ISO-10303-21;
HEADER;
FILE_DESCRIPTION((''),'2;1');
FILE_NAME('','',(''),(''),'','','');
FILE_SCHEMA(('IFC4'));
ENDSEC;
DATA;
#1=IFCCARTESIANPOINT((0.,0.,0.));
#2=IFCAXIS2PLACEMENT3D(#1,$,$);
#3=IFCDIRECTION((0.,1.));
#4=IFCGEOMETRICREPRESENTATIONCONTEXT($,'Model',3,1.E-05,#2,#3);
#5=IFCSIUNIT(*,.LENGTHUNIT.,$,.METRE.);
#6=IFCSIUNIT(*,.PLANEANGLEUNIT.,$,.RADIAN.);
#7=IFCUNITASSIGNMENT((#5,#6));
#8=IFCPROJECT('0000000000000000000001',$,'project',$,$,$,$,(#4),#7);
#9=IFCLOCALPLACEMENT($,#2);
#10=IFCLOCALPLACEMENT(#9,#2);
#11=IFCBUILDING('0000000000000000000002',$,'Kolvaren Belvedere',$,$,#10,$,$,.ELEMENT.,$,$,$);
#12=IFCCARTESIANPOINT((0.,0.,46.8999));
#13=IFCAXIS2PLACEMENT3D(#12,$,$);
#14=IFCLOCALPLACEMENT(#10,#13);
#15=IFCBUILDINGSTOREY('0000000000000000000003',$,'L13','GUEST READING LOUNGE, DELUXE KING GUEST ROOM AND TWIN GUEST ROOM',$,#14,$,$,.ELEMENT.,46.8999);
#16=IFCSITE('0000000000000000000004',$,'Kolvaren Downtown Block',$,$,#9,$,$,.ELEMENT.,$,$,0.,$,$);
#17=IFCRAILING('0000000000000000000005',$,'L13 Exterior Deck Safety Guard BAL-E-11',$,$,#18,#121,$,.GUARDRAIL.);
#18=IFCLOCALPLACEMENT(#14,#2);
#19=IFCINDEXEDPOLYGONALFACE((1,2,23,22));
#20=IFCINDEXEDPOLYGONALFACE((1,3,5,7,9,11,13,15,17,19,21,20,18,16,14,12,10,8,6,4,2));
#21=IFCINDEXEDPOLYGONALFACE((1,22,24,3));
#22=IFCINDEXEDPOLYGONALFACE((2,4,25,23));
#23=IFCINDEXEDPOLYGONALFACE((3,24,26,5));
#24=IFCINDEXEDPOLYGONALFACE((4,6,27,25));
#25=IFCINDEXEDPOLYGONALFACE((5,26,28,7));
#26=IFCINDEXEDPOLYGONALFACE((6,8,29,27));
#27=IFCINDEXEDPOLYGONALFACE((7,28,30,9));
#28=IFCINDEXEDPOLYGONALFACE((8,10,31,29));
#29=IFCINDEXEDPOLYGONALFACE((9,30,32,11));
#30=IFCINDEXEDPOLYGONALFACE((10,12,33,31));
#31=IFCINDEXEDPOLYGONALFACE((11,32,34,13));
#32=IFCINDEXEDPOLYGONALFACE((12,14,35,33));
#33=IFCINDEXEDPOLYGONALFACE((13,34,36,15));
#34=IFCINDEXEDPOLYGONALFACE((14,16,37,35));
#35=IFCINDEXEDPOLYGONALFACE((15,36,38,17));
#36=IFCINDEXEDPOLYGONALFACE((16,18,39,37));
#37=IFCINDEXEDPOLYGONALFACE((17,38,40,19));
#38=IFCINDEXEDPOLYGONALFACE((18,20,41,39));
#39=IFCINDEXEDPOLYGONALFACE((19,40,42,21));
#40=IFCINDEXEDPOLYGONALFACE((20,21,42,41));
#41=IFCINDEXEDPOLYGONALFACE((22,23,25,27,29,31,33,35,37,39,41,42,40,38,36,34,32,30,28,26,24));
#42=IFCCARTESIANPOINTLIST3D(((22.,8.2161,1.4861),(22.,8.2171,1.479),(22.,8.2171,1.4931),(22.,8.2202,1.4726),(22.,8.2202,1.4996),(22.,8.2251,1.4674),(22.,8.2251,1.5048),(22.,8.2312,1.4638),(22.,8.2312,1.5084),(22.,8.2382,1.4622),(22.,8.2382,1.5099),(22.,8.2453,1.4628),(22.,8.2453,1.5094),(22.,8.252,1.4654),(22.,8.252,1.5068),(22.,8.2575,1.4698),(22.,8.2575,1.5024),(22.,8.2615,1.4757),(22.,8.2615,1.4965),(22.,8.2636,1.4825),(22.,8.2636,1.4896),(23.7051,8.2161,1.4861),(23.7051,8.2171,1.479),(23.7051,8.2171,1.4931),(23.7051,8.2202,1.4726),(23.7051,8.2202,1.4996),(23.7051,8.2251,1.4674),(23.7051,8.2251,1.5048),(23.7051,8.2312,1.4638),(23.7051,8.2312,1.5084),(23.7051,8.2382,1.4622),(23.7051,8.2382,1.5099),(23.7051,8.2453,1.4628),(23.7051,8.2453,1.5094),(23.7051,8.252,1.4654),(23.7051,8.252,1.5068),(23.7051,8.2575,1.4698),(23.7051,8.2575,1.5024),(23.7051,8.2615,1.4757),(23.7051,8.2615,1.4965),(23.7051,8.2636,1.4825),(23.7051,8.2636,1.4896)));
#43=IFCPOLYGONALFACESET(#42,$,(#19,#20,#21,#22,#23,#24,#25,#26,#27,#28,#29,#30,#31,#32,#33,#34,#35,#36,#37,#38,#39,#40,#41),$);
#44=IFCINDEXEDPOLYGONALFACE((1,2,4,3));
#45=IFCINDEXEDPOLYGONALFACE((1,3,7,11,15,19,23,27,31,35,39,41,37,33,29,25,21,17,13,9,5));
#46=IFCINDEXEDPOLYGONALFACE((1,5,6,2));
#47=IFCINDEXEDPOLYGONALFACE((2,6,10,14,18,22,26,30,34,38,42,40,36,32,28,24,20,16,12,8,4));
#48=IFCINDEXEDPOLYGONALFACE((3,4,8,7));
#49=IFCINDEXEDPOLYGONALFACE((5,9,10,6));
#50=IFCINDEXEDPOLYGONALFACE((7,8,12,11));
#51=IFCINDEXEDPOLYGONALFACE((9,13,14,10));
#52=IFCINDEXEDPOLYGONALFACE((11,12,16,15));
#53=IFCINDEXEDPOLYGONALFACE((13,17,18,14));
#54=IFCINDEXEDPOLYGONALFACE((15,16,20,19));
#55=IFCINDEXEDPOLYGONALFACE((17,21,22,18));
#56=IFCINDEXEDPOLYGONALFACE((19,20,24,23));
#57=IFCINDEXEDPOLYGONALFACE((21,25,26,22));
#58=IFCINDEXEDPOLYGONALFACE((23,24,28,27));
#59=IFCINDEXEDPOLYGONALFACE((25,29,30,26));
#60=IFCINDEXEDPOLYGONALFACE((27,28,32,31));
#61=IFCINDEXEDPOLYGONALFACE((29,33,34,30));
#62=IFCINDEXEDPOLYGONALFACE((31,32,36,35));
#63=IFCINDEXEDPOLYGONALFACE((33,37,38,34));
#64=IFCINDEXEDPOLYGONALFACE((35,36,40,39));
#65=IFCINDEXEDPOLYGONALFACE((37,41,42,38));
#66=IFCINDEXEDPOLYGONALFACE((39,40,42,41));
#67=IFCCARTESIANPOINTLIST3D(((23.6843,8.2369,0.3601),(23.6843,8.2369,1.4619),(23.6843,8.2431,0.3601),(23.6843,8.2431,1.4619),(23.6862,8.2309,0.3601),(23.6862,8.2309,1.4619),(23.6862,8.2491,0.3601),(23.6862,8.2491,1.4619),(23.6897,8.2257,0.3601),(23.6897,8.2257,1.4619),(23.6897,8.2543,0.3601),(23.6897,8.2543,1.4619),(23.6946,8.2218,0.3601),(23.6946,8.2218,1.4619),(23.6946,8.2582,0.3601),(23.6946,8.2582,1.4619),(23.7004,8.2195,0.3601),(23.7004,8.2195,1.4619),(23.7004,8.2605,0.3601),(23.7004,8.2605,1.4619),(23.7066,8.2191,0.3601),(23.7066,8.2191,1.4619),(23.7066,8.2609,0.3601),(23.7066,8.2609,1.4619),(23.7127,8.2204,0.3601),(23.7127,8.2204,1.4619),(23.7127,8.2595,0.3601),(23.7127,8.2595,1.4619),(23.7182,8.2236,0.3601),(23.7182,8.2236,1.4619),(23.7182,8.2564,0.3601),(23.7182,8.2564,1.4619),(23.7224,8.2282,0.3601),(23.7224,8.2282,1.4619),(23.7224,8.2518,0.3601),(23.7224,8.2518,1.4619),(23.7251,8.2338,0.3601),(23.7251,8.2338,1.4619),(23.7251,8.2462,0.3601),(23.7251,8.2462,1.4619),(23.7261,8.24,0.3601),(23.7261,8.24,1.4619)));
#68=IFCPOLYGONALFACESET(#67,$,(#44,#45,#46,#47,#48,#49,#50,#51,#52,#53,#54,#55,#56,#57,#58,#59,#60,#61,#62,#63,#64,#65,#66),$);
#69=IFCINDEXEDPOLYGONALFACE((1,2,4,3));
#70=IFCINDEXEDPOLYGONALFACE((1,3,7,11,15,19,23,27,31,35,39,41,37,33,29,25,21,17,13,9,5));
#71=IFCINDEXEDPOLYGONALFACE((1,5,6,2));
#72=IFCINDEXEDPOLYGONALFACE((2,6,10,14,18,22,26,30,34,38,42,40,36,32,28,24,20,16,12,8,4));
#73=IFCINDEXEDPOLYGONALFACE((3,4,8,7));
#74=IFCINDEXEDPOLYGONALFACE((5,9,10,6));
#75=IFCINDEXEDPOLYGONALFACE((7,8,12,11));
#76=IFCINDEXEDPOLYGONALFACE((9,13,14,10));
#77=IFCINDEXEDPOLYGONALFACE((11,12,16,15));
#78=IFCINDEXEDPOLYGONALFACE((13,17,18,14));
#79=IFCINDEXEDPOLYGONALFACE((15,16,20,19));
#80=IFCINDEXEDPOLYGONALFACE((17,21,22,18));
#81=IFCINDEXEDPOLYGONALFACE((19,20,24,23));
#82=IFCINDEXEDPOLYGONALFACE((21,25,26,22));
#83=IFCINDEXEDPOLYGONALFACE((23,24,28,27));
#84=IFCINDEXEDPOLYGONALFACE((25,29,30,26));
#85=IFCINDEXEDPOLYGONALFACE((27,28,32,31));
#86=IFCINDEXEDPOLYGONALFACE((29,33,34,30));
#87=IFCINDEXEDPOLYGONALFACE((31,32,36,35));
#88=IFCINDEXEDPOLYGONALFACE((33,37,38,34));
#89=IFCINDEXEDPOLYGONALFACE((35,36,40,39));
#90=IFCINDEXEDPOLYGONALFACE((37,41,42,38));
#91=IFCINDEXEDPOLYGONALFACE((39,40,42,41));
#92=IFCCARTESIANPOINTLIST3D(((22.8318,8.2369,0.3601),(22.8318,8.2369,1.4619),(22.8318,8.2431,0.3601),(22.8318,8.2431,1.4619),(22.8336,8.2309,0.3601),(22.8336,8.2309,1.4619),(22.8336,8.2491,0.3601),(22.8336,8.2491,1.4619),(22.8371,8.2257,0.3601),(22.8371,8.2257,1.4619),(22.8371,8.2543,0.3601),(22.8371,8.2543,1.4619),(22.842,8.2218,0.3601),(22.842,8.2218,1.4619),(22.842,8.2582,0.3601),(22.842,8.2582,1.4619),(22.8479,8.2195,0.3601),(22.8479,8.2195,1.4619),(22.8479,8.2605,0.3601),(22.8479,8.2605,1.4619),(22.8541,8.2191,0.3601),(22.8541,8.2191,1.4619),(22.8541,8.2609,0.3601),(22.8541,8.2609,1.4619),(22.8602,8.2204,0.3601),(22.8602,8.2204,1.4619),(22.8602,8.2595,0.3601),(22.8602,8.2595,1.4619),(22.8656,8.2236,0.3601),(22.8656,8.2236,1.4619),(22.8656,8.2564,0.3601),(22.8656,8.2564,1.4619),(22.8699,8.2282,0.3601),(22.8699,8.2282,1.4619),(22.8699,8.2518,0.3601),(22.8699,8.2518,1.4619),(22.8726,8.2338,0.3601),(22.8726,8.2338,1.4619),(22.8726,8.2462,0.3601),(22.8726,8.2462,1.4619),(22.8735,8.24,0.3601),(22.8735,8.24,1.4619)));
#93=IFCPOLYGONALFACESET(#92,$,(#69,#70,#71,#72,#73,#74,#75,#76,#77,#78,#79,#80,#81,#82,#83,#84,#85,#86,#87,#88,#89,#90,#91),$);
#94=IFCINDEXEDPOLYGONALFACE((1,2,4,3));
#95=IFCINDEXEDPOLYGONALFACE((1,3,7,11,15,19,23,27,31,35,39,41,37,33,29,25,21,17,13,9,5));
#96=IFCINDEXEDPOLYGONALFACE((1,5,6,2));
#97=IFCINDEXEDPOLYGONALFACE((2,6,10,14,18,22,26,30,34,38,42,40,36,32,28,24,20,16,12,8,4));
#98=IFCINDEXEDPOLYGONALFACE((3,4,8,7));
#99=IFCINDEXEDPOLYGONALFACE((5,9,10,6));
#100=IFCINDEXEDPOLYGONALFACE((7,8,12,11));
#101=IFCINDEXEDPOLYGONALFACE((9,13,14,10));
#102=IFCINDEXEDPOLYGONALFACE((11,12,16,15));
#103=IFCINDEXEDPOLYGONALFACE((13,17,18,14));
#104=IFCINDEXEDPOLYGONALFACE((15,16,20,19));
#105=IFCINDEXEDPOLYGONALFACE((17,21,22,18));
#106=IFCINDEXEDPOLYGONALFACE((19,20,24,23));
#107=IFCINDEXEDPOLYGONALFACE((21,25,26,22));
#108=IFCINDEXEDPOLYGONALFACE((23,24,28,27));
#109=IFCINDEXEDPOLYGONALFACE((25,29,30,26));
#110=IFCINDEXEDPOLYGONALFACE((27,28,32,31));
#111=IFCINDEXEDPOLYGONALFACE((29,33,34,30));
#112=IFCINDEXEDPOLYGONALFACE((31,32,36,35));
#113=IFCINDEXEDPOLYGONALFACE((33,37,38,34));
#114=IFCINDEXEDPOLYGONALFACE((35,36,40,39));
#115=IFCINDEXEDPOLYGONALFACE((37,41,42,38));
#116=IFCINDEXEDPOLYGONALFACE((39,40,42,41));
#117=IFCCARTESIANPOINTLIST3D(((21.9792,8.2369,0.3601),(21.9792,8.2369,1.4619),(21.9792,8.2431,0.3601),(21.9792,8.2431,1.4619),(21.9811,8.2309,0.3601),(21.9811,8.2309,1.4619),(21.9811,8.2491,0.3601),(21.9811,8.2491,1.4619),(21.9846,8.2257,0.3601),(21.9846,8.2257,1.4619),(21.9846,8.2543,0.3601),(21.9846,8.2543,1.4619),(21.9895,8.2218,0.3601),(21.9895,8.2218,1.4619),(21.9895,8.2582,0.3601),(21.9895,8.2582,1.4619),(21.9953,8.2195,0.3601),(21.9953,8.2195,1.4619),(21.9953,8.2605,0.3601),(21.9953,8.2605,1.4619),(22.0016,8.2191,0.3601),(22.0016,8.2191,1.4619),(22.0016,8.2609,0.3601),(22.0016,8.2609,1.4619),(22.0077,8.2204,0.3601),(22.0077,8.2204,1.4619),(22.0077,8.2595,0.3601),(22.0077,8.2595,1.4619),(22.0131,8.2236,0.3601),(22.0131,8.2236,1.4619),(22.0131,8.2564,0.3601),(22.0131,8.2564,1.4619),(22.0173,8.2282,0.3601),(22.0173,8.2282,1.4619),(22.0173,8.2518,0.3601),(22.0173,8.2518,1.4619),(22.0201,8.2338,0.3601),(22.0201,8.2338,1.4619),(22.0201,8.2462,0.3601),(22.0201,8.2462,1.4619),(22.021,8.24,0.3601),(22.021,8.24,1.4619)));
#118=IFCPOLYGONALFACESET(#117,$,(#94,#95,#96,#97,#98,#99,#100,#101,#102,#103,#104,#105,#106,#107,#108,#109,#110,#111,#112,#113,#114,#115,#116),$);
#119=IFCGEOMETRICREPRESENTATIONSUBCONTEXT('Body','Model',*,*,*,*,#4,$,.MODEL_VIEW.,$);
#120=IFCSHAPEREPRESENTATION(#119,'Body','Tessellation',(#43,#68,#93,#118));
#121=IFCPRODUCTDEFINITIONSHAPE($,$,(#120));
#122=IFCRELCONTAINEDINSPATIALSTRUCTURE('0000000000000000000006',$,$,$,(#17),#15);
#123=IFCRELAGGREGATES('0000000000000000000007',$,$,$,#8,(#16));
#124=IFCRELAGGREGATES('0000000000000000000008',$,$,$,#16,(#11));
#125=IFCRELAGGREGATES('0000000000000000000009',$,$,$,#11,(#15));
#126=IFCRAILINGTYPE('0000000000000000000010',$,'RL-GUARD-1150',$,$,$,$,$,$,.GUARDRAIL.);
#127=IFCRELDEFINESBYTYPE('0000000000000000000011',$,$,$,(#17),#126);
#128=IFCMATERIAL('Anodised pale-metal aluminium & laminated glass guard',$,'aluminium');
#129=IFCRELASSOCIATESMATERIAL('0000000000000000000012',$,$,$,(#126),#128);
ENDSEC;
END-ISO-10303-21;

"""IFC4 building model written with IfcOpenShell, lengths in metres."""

from ifc_helpers import new_model, si_unit, direction, frame, origin, origin_2d, place, context, subcontext, project, spatial, circle, extrude, material, type_object, element, save


model = new_model("IFC4")

# Units and contexts
model_context = context("Model", 3, precision=1e-05, world=origin(), true_north=direction((0.0, 1.0)))
body_context = subcontext(model_context, "Body", "Model", "MODEL_VIEW")
ifc_project = project(units=[si_unit("LENGTHUNIT", "METRE"), si_unit("PLANEANGLEUNIT", "RADIAN")], contexts=[model_context])

# Site, building, storey
site_placement = place(None, origin())
site = spatial("IfcSite", under=ifc_project, at=site_placement, Name="Kolvaren Downtown Block", CompositionType="ELEMENT", RefElevation=0.0)
building_placement = place(site_placement, origin())
building = spatial("IfcBuilding", under=site, at=building_placement, Name="Kolvaren Belvedere", CompositionType="ELEMENT")
storey_placement = place(building_placement, frame((0.0, 0.0, 46.8999)))
storey = spatial("IfcBuildingStorey", under=building, at=storey_placement, Name="L13", Description="GUEST READING LOUNGE, DELUXE KING GUEST ROOM AND TWIN GUEST ROOM", CompositionType="ELEMENT", Elevation=46.8999)

# Railing
ifc_material_1 = material(Name="Anodised pale-metal aluminium & laminated glass guard", Category="aluminium")
railing_type = type_object("IfcRailingType", Name="RL-GUARD-1150", PredefinedType="GUARDRAIL", material=ifc_material_1)
railing_placement = place(storey_placement, frame((23.7051, 8.24, 0.3601)))
element("IfcRailing", 1, at=railing_placement, inside=storey, type_object=railing_type, Name="L13 Exterior Deck Safety Guard BAL-E-11", PredefinedType="GUARDRAIL", context=body_context, shape_type="SweptSolid", body=[
    extrude(circle(Radius=0.0239, at=origin_2d()), frame((0.0, 0.0, 1.126), z_axis=(-1.0, 0.0, 0.0), x_axis=(0.0, -1.0, 0.0)), (0.0, 0.0, 1.0), 1.7051),
    extrude(circle(Radius=0.021, at=origin_2d()), origin(), (0.0, 0.0, 1.0), 1.1018),
    extrude(circle(Radius=0.021, at=origin_2d()), frame((-0.8525, 0.0, 0.0)), (0.0, 0.0, 1.0), 1.1018),
    extrude(circle(Radius=0.021, at=origin_2d()), frame((-1.7051, 0.0, 0.0)), (0.0, 0.0, 1.0), 1.1018),
])

save(model, "model.ifc")
